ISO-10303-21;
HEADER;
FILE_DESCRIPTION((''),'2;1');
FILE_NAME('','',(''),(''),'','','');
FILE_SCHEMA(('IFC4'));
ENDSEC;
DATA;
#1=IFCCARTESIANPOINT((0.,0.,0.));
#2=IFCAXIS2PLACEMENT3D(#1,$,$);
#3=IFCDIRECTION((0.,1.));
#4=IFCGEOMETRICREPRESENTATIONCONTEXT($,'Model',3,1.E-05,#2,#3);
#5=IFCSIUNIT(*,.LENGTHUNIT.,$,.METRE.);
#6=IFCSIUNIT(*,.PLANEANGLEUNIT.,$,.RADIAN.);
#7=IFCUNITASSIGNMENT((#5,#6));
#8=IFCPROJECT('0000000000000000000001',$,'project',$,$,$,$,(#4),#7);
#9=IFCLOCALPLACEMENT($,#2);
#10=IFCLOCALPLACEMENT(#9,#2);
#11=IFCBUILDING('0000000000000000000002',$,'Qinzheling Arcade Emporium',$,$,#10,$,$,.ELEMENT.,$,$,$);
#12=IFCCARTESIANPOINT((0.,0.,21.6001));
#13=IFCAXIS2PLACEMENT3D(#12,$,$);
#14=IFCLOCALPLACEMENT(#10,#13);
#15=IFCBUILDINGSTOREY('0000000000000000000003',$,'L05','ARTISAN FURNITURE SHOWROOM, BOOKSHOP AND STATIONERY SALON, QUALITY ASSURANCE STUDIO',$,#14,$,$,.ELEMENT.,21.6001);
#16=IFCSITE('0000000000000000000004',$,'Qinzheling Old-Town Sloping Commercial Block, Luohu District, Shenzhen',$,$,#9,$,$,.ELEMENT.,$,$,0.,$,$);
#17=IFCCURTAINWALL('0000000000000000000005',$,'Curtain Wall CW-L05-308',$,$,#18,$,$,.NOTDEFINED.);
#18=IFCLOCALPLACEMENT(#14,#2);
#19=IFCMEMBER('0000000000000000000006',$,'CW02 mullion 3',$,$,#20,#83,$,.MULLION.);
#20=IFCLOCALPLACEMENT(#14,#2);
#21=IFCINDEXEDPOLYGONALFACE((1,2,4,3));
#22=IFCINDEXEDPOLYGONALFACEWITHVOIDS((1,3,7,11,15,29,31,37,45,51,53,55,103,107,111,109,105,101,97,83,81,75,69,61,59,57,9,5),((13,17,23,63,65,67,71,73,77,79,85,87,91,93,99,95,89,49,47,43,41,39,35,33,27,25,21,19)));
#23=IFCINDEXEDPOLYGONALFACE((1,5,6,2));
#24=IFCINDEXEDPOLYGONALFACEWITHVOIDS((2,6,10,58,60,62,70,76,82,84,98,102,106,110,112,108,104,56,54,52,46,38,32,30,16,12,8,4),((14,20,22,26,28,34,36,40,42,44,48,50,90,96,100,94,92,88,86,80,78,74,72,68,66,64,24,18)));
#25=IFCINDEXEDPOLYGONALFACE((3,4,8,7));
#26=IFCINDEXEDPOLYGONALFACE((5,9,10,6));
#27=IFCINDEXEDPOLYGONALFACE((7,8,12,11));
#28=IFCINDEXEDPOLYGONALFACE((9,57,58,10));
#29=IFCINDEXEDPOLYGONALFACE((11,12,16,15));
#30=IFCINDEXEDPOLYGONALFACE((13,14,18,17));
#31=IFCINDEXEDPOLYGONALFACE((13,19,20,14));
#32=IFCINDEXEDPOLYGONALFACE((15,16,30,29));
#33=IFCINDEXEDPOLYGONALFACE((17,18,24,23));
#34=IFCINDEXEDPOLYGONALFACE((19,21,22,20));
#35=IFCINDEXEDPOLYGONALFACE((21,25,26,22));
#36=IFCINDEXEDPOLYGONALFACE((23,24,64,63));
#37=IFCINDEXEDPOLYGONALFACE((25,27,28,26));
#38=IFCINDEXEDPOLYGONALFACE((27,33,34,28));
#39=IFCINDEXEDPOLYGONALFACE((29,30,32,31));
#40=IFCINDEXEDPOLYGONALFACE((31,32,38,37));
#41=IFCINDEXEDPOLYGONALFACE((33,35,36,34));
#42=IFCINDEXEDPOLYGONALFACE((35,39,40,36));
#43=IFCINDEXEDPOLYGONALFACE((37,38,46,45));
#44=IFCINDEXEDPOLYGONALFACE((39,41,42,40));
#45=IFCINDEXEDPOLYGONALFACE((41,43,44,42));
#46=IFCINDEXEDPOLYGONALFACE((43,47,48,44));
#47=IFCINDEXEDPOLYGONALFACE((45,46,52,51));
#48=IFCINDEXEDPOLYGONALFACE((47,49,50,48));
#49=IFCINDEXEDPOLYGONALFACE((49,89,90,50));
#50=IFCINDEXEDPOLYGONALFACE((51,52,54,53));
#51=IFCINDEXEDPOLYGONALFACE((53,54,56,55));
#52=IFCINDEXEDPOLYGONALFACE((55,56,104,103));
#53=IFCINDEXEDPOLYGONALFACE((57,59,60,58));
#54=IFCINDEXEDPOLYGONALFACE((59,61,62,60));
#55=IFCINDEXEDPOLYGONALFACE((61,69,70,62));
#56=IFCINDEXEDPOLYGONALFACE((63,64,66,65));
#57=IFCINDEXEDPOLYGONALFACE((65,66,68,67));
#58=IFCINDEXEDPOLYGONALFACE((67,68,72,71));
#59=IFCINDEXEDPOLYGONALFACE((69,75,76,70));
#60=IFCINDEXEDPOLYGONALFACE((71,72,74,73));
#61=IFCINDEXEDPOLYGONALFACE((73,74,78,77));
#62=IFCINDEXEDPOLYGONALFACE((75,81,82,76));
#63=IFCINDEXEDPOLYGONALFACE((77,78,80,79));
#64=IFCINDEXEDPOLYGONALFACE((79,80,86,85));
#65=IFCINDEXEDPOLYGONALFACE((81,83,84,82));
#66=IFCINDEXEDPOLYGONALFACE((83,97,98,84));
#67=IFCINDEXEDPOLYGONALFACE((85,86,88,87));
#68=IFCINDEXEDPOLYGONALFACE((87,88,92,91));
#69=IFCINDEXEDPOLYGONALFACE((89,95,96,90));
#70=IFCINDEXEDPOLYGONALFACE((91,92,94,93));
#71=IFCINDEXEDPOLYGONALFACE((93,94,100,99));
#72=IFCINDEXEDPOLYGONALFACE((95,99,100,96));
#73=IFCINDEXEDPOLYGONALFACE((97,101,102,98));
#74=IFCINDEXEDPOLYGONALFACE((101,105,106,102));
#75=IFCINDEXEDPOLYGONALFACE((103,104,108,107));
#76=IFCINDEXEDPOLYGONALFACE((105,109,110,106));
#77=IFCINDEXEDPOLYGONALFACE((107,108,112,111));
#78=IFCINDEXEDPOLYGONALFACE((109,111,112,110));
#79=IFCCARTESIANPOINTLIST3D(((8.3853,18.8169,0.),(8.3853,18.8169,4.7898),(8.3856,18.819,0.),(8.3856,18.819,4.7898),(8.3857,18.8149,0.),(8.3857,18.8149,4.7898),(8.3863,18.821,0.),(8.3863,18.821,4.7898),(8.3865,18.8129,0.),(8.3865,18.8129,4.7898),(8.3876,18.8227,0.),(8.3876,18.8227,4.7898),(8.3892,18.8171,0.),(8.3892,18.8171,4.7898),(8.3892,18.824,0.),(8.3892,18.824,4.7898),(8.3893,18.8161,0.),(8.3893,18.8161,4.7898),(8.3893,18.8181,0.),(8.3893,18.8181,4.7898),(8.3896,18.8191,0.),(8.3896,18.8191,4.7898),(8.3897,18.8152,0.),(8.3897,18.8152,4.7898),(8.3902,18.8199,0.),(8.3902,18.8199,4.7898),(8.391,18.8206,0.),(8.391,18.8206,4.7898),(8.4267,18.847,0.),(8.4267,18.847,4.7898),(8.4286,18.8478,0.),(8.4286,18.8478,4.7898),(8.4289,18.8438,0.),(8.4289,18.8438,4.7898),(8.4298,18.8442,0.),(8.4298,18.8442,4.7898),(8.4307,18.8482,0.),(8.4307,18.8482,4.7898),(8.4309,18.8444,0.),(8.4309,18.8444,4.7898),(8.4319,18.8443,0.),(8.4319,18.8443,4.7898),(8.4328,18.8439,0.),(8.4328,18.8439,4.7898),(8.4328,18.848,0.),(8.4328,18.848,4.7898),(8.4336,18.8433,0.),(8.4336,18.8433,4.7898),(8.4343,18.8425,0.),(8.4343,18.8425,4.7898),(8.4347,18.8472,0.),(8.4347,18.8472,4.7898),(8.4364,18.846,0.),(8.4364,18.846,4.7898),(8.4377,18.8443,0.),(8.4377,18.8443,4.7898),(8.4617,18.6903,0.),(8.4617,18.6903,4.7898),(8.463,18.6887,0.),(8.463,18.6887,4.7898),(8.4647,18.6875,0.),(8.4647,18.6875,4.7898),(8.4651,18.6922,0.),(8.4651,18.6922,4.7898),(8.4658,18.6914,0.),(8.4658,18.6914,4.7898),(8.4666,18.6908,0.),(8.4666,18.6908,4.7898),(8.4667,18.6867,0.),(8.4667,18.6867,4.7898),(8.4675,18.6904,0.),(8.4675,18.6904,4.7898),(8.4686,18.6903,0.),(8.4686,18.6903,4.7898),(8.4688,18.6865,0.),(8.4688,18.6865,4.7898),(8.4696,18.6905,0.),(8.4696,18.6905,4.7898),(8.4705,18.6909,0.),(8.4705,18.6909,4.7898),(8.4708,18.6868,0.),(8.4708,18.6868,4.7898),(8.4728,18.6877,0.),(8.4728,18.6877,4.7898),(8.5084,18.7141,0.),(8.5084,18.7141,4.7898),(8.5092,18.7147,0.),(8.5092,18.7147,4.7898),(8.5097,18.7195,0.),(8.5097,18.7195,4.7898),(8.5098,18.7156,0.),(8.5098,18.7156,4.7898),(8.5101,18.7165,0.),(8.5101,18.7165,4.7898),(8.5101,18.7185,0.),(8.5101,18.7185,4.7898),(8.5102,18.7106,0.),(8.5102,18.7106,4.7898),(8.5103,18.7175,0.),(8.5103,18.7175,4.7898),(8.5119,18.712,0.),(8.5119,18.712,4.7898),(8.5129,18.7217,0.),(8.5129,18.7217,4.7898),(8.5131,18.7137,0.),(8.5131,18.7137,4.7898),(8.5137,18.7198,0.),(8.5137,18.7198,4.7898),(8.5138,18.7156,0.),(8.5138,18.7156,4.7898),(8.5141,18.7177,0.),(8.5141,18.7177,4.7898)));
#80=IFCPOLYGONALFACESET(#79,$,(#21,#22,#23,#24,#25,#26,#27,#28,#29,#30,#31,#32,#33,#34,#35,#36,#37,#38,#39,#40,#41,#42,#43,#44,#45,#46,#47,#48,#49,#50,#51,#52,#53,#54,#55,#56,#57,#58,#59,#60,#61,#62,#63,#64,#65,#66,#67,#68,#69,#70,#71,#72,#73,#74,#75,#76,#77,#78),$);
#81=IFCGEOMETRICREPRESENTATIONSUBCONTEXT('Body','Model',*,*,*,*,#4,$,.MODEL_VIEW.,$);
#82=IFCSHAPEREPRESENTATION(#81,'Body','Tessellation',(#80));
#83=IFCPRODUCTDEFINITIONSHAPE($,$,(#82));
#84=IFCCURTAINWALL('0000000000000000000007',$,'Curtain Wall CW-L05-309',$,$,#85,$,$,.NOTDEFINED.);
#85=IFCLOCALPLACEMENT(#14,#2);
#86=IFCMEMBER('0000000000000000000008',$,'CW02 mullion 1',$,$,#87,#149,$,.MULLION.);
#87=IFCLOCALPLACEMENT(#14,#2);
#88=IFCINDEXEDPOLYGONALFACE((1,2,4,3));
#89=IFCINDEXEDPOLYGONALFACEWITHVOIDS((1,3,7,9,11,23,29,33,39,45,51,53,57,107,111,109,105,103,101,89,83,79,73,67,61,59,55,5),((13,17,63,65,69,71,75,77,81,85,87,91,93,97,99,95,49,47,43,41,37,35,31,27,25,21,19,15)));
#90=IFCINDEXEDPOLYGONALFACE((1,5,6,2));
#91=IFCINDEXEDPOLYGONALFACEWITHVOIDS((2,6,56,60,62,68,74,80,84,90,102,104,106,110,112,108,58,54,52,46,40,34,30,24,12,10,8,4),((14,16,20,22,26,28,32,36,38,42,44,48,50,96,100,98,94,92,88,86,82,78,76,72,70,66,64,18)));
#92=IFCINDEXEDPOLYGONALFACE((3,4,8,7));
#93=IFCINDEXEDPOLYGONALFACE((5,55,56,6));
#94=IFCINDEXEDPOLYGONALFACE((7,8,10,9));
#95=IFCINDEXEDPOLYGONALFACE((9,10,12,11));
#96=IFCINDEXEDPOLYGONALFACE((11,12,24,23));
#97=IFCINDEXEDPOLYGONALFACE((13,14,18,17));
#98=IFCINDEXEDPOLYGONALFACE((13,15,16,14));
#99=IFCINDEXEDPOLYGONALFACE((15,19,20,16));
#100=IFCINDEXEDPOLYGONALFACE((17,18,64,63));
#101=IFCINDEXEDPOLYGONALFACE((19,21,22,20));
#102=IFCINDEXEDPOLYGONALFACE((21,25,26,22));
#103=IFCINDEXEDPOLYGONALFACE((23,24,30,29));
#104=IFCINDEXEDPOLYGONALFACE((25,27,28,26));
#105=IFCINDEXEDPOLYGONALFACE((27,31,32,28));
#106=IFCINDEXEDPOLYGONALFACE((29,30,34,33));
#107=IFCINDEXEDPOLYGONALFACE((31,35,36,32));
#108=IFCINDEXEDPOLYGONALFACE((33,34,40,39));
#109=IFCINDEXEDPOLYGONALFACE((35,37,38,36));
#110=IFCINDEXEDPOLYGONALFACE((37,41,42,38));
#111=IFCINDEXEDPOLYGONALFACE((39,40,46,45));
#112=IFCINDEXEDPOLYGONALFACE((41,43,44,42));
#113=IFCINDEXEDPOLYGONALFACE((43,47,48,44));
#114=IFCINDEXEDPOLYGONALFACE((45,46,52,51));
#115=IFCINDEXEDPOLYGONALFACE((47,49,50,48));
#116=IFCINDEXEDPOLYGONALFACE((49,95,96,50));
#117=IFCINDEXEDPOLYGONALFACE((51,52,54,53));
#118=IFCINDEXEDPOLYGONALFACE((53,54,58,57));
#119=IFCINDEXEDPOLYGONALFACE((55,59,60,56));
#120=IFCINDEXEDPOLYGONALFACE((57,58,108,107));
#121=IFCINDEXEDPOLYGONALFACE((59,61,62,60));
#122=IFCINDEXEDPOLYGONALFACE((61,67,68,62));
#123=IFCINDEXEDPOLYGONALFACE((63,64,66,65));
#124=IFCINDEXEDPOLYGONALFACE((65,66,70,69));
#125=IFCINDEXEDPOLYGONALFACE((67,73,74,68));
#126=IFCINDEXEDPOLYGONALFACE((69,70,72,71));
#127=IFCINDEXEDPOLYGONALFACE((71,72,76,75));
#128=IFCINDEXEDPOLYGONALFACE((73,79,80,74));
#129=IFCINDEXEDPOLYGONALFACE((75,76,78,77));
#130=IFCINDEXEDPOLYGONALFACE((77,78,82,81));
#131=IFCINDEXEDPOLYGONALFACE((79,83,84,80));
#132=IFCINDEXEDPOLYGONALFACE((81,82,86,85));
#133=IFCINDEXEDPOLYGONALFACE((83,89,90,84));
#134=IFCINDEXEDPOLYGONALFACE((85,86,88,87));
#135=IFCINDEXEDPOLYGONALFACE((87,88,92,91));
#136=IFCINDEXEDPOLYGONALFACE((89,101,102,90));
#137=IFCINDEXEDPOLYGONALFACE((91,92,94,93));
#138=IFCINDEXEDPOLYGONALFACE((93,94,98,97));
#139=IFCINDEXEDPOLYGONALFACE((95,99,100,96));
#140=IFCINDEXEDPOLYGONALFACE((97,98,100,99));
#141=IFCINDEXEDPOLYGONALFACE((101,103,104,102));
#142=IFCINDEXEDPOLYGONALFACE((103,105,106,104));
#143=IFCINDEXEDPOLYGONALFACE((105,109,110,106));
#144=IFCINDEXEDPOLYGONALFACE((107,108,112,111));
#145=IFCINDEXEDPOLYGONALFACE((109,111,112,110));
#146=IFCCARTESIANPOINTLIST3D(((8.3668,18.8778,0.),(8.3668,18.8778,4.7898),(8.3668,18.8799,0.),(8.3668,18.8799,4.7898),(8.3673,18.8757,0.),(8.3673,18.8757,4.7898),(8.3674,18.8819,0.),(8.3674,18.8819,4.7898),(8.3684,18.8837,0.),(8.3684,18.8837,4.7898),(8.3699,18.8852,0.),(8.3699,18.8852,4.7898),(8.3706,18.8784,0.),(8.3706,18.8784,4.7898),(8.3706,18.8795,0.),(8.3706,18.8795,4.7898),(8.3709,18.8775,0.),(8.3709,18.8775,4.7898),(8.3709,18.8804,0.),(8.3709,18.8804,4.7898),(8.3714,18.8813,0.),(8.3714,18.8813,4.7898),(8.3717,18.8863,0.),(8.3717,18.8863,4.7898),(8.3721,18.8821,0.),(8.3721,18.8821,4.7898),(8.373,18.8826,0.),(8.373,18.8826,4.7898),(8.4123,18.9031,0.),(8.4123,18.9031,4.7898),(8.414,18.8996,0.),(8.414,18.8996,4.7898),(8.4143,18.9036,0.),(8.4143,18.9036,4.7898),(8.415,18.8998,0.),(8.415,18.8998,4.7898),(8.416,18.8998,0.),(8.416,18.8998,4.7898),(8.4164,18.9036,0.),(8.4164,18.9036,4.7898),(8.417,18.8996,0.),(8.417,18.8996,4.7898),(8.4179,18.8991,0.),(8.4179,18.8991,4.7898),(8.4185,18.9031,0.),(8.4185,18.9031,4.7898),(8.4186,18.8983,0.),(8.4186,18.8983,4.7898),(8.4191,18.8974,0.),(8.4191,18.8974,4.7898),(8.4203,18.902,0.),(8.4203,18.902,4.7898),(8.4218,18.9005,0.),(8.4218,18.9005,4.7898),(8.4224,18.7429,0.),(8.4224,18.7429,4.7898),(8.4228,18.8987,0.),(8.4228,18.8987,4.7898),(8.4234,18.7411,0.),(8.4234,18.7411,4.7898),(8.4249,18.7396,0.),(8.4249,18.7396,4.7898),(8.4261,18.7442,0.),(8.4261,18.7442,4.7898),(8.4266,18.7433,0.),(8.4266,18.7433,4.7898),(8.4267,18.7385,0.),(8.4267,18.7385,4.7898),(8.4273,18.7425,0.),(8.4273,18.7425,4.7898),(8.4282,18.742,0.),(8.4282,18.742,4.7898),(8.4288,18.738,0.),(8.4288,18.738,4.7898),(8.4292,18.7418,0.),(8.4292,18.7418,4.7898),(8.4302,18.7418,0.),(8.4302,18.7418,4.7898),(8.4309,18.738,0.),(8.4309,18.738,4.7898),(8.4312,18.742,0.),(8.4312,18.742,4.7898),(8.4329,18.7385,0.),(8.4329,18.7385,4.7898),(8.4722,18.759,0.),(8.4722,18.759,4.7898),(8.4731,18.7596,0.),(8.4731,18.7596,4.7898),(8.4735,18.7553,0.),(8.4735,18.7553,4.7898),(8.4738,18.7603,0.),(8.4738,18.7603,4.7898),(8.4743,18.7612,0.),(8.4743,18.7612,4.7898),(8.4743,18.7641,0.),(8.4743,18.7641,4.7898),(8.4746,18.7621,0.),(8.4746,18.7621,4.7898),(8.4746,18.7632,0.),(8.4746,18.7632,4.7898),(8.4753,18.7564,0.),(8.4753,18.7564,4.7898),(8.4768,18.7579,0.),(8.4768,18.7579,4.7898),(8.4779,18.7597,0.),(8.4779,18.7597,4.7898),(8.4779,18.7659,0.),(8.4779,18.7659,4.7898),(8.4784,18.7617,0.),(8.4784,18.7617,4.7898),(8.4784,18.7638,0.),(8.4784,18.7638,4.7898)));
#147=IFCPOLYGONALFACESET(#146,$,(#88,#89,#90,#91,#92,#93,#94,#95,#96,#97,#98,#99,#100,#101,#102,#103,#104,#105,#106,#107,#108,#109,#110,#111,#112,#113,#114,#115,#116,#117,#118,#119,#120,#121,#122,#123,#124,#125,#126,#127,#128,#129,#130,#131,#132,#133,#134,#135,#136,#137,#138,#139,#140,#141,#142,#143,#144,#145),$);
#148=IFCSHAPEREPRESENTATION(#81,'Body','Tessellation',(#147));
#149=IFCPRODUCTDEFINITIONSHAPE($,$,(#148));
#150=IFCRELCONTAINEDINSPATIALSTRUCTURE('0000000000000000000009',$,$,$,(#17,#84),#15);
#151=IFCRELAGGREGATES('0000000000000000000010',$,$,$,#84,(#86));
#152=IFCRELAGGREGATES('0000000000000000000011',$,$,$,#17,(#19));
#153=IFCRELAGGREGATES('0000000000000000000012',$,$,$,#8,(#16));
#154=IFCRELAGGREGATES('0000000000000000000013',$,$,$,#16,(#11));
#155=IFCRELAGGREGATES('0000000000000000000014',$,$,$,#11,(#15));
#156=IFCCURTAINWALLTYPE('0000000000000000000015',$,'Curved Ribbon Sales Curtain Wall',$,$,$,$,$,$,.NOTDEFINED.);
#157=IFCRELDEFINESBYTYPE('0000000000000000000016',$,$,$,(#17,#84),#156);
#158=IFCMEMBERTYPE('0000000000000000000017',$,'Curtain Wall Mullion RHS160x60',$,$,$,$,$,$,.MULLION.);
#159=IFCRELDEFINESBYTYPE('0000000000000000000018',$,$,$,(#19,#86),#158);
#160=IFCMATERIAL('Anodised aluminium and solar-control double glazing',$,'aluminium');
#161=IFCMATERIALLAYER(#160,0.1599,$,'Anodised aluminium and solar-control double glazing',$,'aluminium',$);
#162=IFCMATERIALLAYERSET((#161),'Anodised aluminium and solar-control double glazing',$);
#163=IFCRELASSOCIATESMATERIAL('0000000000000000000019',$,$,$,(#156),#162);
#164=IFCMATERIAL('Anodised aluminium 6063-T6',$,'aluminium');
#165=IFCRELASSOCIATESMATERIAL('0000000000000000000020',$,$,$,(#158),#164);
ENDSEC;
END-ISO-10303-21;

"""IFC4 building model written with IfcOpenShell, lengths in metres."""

from ifc_helpers import new_model, si_unit, direction, frame, origin, origin_2d, place, context, subcontext, project, spatial, hollow_rectangle, extrude, material, layer, layer_set, material_profile, profile_set, type_object, element, aggregate, save


model = new_model("IFC4")

# Units and contexts
model_context = context("Model", 3, precision=1e-05, world=origin(), true_north=direction((0.0, 1.0)))
body_context = subcontext(model_context, "Body", "Model", "MODEL_VIEW")
ifc_project = project(units=[si_unit("LENGTHUNIT", "METRE"), si_unit("PLANEANGLEUNIT", "RADIAN")], contexts=[model_context])

# Site, building, storey
site_placement = place(None, origin())
site = spatial("IfcSite", under=ifc_project, at=site_placement, Name="Qinzheling Old-Town Sloping Commercial Block, Luohu District, Shenzhen", CompositionType="ELEMENT", RefElevation=0.0)
building_placement = place(site_placement, origin())
building = spatial("IfcBuilding", under=site, at=building_placement, Name="Qinzheling Arcade Emporium", CompositionType="ELEMENT")
storey_placement = place(building_placement, frame((0.0, 0.0, 21.6001)))
storey = spatial("IfcBuildingStorey", under=building, at=storey_placement, Name="L05", Description="ARTISAN FURNITURE SHOWROOM, BOOKSHOP AND STATIONERY SALON, QUALITY ASSURANCE STUDIO", CompositionType="ELEMENT", Elevation=21.6001)

# Curtain wall, member
ifc_material_1 = material(Name="Anodised aluminium and solar-control double glazing", Category="aluminium")
ifc_layer_1 = layer(ifc_material_1, 0.1599, Name="Anodised aluminium and solar-control double glazing", Category="aluminium")
ifc_layer_set_1 = layer_set([ifc_layer_1], Name="Anodised aluminium and solar-control double glazing")
curtain_wall_type = type_object("IfcCurtainWallType", Name="Curved Ribbon Sales Curtain Wall", PredefinedType="NOTDEFINED", material=ifc_layer_set_1)
ifc_material_2 = material(Name="Anodised aluminium 6063-T6", Category="aluminium")
ifc_material_profile_1 = material_profile(ifc_material_2, hollow_rectangle(XDim=0.0601, YDim=0.1599, WallThickness=0.0039, InnerFilletRadius=0.0039, OuterFilletRadius=0.0081, at=origin_2d()), Name="RHS 160x60x4", Category="aluminium")
ifc_profile_set_1 = profile_set([ifc_material_profile_1], Name="Anodised aluminium 6063-T6")
member_type_1 = type_object("IfcMemberType", Name="Curtain Wall Mullion RHS160x60", PredefinedType="MULLION", material=ifc_profile_set_1)
curtain_wall_1_placement = place(storey_placement, origin())
curtain_wall_1 = element("IfcCurtainWall", 1, at=curtain_wall_1_placement, inside=storey, type_object=curtain_wall_type, Name="Curtain Wall CW-L05-308", PredefinedType="NOTDEFINED")
member_1_placement = place(storey_placement, frame((8.4497, 18.7673, 0.0), z_axis=(0.0, 0.0, 1.0), x_axis=(-0.852628, -0.522518, 0.0)))
member_1 = element("IfcMember", 2, at=member_1_placement, type_object=member_type_1, Name="CW02 mullion 3", PredefinedType="MULLION", context=body_context, shape_type="SweptSolid", body=[
    extrude(hollow_rectangle(XDim=0.0601, YDim=0.1599, WallThickness=0.0039, InnerFilletRadius=0.0039, OuterFilletRadius=0.0081, at=origin_2d()), origin(), (0.0, 0.0, 1.0), 4.7898),
])

# Curtain wall, member
curtain_wall_2_placement = place(storey_placement, origin())
curtain_wall_2 = element("IfcCurtainWall", 3, at=curtain_wall_2_placement, inside=storey, type_object=curtain_wall_type, Name="Curtain Wall CW-L05-309", PredefinedType="NOTDEFINED")
member_2_placement = place(storey_placement, frame((8.4226, 18.8208, 0.0), z_axis=(0.0, 0.0, 1.0), x_axis=(-0.923884, -0.382672, 0.0)))
member_2 = element("IfcMember", 4, at=member_2_placement, type_object=member_type_1, Name="CW02 mullion 1", PredefinedType="MULLION", context=body_context, shape_type="SweptSolid", body=[
    extrude(hollow_rectangle(XDim=0.0601, YDim=0.1599, WallThickness=0.0039, InnerFilletRadius=0.0039, OuterFilletRadius=0.0081, at=origin_2d()), origin(), (0.0, 0.0, 1.0), 4.7898),
])

aggregate(curtain_wall_2, [member_2])

aggregate(curtain_wall_1, [member_1])

save(model, "model.ifc")
